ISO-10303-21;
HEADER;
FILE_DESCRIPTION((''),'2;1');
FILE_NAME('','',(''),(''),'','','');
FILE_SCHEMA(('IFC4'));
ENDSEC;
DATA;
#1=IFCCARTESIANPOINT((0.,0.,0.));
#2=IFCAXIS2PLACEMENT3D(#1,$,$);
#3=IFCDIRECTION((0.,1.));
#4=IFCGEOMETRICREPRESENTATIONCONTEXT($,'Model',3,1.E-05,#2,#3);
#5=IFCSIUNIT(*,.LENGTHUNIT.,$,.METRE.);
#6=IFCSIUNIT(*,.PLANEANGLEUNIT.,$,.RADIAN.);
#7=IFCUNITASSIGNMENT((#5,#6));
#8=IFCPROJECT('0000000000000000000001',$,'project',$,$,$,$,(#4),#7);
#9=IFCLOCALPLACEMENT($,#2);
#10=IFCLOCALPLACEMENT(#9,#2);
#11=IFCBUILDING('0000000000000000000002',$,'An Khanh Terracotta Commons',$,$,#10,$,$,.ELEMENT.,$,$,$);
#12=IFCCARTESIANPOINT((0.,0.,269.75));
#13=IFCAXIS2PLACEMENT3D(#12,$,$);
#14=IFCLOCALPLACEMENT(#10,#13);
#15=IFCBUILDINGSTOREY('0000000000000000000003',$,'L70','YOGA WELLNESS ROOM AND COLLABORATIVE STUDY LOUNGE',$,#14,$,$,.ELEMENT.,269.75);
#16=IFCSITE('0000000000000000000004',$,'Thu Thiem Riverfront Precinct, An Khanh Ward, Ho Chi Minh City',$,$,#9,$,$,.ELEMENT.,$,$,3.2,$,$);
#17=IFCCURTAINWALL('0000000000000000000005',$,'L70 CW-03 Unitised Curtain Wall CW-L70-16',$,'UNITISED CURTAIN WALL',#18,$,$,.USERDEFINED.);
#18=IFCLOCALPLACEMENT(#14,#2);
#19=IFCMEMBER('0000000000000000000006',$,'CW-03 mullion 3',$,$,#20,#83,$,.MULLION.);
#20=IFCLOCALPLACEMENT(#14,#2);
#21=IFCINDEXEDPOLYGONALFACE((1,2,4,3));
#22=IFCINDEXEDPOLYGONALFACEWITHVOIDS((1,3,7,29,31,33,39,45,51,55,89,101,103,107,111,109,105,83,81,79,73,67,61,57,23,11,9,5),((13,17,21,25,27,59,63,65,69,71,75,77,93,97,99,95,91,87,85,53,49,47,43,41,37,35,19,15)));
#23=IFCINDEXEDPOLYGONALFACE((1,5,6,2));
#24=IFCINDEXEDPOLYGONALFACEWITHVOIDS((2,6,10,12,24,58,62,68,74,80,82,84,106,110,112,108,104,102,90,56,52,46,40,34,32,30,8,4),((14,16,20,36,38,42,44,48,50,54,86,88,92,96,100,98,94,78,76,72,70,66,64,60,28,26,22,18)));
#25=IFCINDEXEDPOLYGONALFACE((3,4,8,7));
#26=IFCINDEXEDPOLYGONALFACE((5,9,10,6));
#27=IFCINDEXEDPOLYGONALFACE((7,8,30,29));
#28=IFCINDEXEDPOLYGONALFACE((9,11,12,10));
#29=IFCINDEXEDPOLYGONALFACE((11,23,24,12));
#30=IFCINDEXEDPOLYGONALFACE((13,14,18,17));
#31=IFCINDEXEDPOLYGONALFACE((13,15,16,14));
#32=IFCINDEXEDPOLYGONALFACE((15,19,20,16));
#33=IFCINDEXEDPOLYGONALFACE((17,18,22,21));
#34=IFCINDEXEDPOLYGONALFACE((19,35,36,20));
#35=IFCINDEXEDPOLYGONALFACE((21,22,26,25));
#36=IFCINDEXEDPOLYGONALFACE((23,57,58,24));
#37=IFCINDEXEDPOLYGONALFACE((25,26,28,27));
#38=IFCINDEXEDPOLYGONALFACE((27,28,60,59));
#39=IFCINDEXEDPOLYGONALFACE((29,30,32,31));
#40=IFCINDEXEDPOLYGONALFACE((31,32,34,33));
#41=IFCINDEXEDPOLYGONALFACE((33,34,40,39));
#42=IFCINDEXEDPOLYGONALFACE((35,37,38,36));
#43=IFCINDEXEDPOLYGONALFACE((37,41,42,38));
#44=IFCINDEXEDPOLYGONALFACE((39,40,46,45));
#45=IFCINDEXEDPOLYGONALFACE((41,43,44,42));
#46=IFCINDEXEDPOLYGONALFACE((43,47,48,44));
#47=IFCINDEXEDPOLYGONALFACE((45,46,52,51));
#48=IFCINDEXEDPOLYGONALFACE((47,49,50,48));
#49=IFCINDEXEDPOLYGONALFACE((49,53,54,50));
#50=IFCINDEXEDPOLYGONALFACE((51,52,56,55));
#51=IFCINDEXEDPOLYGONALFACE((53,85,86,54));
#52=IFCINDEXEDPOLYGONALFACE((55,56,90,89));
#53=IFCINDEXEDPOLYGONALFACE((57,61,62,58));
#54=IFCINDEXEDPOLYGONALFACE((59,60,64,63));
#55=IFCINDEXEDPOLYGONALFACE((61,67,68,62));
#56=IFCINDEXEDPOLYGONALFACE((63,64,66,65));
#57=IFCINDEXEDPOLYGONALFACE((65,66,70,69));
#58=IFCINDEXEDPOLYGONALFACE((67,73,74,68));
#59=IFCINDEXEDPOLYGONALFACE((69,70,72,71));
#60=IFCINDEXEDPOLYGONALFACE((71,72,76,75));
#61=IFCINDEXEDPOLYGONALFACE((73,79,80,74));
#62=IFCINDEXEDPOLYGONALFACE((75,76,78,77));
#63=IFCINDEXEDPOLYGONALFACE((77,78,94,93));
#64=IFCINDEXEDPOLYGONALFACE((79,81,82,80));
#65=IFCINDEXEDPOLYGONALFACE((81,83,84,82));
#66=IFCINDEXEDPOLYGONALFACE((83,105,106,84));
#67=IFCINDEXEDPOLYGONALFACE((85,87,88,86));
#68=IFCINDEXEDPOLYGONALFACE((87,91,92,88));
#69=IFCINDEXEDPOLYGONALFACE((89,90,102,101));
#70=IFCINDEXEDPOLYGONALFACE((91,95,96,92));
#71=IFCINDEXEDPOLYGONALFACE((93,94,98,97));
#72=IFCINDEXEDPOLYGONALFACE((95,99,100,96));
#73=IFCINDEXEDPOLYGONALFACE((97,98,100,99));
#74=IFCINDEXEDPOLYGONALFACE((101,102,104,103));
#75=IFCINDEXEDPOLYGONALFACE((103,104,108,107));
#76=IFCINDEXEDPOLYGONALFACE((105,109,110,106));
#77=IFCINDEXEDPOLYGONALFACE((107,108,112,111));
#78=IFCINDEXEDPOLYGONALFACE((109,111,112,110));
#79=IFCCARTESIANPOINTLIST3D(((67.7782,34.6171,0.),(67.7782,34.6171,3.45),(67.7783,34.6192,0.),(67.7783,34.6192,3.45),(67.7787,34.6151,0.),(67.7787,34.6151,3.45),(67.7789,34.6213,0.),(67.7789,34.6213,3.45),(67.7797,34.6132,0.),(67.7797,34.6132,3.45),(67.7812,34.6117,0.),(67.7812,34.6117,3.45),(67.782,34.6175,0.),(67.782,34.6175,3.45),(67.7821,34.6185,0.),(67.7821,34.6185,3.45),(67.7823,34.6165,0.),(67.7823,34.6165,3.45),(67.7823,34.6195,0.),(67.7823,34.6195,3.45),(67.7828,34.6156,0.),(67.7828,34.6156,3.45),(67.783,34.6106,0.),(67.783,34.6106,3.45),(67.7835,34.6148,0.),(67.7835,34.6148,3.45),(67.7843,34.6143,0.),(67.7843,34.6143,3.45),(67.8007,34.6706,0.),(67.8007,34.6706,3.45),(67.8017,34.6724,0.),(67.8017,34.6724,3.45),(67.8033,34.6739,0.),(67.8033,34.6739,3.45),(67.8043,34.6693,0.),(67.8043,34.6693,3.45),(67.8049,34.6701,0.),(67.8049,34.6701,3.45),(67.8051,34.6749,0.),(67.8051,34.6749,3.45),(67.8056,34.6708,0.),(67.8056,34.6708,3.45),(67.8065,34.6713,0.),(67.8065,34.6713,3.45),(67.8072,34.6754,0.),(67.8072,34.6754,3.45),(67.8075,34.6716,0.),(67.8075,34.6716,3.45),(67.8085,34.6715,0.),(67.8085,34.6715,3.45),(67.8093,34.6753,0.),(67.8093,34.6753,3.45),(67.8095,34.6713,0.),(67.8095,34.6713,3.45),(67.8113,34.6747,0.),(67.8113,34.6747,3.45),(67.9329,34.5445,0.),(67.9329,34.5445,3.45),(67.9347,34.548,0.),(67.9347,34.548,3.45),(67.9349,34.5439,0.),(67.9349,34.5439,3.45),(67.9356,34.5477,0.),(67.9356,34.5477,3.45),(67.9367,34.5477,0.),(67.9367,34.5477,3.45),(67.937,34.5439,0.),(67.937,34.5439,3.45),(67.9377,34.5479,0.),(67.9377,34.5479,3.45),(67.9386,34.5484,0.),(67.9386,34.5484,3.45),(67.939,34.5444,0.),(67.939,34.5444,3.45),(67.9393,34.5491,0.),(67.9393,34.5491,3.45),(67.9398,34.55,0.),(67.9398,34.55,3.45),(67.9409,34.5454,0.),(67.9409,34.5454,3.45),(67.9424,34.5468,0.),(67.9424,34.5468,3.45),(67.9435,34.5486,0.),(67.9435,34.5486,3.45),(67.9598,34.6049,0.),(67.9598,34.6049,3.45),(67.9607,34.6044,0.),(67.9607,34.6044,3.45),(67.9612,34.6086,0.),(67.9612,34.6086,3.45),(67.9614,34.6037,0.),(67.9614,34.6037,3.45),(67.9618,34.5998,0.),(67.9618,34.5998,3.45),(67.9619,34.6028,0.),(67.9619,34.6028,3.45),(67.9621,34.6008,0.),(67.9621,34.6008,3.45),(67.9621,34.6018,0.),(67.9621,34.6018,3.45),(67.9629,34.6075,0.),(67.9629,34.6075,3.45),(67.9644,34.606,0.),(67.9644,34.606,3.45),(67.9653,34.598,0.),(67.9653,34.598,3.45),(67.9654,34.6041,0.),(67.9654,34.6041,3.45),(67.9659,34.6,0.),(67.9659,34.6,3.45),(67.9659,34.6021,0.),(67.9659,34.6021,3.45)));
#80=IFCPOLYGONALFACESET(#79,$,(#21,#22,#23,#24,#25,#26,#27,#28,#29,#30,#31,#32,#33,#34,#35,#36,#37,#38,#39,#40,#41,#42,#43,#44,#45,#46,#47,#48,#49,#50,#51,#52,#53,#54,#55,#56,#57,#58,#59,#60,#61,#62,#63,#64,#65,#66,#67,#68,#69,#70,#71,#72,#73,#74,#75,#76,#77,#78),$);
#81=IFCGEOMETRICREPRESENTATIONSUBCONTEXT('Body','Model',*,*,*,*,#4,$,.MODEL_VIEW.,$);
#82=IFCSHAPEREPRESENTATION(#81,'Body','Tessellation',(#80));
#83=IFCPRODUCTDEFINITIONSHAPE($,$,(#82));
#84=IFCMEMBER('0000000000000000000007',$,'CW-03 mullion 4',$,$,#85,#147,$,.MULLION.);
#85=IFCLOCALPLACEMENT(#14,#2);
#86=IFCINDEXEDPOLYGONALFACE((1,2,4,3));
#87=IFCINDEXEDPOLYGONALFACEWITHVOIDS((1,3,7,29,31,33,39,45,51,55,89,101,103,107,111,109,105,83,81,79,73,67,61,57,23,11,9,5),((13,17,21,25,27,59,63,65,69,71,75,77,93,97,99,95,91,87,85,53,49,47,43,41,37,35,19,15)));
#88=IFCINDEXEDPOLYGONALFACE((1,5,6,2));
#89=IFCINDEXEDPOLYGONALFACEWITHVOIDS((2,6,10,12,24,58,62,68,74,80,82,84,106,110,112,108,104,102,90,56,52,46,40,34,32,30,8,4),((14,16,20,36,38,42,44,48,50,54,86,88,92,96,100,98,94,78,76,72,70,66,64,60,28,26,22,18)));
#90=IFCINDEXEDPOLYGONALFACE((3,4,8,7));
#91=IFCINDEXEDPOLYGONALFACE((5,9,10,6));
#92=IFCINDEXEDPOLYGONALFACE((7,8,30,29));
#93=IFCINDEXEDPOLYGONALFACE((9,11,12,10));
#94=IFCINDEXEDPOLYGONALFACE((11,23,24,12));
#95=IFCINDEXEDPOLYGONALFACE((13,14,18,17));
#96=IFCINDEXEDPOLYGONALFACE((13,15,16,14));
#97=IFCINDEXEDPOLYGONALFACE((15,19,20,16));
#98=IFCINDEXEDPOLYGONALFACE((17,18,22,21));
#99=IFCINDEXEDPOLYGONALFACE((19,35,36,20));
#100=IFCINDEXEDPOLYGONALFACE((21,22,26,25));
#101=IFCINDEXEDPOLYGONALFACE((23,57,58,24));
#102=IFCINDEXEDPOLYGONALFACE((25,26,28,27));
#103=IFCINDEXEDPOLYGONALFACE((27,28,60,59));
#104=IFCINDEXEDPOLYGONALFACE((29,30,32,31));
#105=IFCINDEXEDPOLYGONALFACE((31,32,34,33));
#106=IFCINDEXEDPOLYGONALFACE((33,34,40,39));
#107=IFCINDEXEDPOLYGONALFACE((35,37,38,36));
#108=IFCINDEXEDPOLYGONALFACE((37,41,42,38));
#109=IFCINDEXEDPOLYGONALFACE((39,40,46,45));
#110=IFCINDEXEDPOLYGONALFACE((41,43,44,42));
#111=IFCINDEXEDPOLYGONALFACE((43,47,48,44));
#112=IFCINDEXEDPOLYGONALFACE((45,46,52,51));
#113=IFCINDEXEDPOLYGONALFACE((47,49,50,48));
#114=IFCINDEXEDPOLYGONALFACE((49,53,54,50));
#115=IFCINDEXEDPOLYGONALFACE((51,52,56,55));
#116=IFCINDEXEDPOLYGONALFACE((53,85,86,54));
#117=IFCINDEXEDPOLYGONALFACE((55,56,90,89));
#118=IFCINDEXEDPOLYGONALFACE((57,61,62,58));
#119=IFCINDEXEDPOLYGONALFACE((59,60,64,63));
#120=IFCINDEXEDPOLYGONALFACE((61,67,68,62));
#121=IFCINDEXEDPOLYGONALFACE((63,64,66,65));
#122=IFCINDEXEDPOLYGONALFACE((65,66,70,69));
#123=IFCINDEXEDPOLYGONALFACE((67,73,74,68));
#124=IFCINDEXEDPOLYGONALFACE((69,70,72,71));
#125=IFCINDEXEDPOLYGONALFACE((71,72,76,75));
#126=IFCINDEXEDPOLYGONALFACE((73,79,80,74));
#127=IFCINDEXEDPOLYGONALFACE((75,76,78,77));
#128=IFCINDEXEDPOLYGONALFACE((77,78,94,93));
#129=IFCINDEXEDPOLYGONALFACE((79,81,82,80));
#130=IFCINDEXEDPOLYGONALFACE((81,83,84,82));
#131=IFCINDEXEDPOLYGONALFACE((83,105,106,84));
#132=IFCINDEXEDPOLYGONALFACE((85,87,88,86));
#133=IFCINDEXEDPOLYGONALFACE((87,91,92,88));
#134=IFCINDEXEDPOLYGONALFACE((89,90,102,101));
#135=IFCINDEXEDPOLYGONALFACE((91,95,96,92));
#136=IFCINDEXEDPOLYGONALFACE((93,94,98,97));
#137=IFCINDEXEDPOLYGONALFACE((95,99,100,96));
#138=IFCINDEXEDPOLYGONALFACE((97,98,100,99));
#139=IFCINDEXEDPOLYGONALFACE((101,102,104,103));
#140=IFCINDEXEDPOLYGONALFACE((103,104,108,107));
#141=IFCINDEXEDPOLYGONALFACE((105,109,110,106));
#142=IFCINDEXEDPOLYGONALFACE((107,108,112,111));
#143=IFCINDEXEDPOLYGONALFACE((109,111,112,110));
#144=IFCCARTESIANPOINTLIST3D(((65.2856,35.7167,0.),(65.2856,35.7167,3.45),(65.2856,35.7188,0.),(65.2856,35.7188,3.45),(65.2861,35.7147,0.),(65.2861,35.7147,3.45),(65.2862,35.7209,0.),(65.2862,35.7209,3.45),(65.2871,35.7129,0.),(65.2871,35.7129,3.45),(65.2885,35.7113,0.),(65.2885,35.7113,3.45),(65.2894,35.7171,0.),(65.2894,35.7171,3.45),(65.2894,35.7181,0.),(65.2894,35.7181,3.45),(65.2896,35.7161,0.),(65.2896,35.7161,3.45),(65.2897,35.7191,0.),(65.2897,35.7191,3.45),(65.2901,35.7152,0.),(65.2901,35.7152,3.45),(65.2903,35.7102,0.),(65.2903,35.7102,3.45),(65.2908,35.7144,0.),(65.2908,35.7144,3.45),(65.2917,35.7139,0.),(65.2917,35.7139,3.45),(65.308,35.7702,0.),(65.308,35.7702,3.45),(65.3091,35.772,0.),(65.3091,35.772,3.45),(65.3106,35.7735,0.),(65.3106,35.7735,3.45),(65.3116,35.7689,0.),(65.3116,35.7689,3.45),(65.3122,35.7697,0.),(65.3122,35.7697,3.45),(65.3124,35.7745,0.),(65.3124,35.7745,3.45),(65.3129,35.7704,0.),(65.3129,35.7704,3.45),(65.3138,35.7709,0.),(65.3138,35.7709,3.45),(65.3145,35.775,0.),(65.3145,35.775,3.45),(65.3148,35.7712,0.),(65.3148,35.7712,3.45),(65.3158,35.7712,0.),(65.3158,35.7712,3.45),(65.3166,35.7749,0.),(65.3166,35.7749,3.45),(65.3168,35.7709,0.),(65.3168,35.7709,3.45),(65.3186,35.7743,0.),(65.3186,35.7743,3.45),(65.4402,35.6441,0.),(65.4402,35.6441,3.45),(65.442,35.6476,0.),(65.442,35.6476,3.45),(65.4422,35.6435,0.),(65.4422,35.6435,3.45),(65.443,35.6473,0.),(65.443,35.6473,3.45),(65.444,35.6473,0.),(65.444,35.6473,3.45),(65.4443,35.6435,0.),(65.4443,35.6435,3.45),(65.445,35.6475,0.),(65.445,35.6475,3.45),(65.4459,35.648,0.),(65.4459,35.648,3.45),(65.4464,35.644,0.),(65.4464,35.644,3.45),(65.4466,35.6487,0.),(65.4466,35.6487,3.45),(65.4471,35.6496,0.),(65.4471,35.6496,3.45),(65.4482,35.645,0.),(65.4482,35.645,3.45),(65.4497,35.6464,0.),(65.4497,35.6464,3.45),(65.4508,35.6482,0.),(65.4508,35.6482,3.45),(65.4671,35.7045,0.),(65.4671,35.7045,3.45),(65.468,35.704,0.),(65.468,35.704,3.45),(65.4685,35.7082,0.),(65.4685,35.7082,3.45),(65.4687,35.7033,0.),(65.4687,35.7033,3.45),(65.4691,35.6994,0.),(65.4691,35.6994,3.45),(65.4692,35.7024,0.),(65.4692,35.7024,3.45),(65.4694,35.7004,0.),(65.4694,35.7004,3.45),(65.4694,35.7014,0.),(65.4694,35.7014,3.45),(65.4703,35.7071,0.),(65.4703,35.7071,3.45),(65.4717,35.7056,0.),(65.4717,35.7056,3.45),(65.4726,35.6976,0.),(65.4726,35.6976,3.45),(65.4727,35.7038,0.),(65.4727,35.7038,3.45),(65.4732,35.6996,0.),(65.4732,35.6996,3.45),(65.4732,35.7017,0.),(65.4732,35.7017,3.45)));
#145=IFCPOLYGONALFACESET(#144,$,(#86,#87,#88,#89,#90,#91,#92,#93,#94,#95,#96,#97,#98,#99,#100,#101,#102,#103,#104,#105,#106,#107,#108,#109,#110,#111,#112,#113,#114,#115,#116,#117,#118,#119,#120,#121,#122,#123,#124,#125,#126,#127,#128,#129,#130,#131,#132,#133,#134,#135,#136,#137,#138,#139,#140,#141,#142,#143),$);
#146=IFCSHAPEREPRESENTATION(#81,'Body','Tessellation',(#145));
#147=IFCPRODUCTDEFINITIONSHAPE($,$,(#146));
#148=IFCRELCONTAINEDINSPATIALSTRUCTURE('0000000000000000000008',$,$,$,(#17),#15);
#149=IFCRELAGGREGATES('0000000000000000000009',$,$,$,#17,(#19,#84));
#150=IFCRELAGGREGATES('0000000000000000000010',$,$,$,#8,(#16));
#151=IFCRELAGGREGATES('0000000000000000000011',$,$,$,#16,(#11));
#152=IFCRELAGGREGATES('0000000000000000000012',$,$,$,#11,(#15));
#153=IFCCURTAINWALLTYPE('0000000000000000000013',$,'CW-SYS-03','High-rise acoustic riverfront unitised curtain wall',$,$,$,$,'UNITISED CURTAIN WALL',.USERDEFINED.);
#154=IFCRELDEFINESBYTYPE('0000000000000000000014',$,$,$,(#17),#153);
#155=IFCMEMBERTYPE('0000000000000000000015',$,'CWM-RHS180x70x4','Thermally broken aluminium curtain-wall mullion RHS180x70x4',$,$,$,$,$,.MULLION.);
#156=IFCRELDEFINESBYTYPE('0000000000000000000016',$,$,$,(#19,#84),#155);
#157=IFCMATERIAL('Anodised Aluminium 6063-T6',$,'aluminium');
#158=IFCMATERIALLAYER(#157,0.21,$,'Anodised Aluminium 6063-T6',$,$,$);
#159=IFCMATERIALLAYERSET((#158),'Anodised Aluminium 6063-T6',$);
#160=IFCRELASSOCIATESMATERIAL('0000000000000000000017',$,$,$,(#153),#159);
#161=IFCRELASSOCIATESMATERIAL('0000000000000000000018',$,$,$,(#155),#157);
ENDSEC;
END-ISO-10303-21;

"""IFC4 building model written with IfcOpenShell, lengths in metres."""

from ifc_helpers import new_model, si_unit, direction, frame, origin, origin_2d, place, context, subcontext, project, spatial, hollow_rectangle, extrude, material, layer, layer_set, material_profile, profile_set, type_object, element, aggregate, save


model = new_model("IFC4")

# Units and contexts
model_context = context("Model", 3, precision=1e-05, world=origin(), true_north=direction((0.0, 1.0)))
body_context = subcontext(model_context, "Body", "Model", "MODEL_VIEW")
ifc_project = project(units=[si_unit("LENGTHUNIT", "METRE"), si_unit("PLANEANGLEUNIT", "RADIAN")], contexts=[model_context])

# Site, building, storey
site_placement = place(None, origin())
site = spatial("IfcSite", under=ifc_project, at=site_placement, Name="Thu Thiem Riverfront Precinct, An Khanh Ward, Ho Chi Minh City", CompositionType="ELEMENT", RefElevation=3.2)
building_placement = place(site_placement, origin())
building = spatial("IfcBuilding", under=site, at=building_placement, Name="An Khanh Terracotta Commons", CompositionType="ELEMENT")
storey_placement = place(building_placement, frame((0.0, 0.0, 269.75)))
storey = spatial("IfcBuildingStorey", under=building, at=storey_placement, Name="L70", Description="YOGA WELLNESS ROOM AND COLLABORATIVE STUDY LOUNGE", CompositionType="ELEMENT", Elevation=269.75)

# Curtain wall, members
ifc_material_1 = material(Name="Anodised Aluminium 6063-T6", Category="aluminium")
ifc_layer_1 = layer(ifc_material_1, 0.21, Name="Anodised Aluminium 6063-T6")
ifc_layer_set_1 = layer_set([ifc_layer_1], Name="Anodised Aluminium 6063-T6")
curtain_wall_type = type_object("IfcCurtainWallType", Name="CW-SYS-03", Description="High-rise acoustic riverfront unitised curtain wall", ElementType="UNITISED CURTAIN WALL", PredefinedType="USERDEFINED", material=ifc_layer_set_1)
ifc_material_profile_1 = material_profile(ifc_material_1, hollow_rectangle(XDim=0.0701, YDim=0.1799, WallThickness=0.0039, InnerFilletRadius=0.0039, OuterFilletRadius=0.0081, at=origin_2d()), Name="RHS180x70x4")
ifc_profile_set_1 = profile_set([ifc_material_profile_1], Name="Anodised Aluminium 6063-T6")
member_type_1 = type_object("IfcMemberType", Name="CWM-RHS180x70x4", Description="Thermally broken aluminium curtain-wall mullion RHS180x70x4", PredefinedType="MULLION", material=ifc_profile_set_1)
curtain_wall_1_placement = place(storey_placement, origin())
curtain_wall_1 = element("IfcCurtainWall", 1, at=curtain_wall_1_placement, inside=storey, type_object=curtain_wall_type, Name="L70 CW-03 Unitised Curtain Wall CW-L70-16", ObjectType="UNITISED CURTAIN WALL", PredefinedType="USERDEFINED")
member_1_placement = place(storey_placement, frame((67.8721, 34.6096, 0.0), z_axis=(0.0, 0.0, 1.0), x_axis=(-0.403676, -0.914902, 0.0)))
member_1 = element("IfcMember", 2, at=member_1_placement, type_object=member_type_1, Name="CW-03 mullion 3", PredefinedType="MULLION", context=body_context, shape_type="SweptSolid", body=[
    extrude(hollow_rectangle(XDim=0.0701, YDim=0.1799, WallThickness=0.0039, InnerFilletRadius=0.0039, OuterFilletRadius=0.0081, at=origin_2d()), origin(), (0.0, 0.0, 1.0), 3.45),
])
member_2_placement = place(storey_placement, frame((65.3794, 35.7092, 0.0), z_axis=(0.0, 0.0, 1.0), x_axis=(-0.403676, -0.914902, 0.0)))
member_2 = element("IfcMember", 3, at=member_2_placement, type_object=member_type_1, Name="CW-03 mullion 4", PredefinedType="MULLION", context=body_context, shape_type="SweptSolid", body=[
    extrude(hollow_rectangle(XDim=0.0701, YDim=0.1799, WallThickness=0.0039, InnerFilletRadius=0.0039, OuterFilletRadius=0.0081, at=origin_2d()), origin(), (0.0, 0.0, 1.0), 3.45),
])

aggregate(curtain_wall_1, [member_1, member_2])

save(model, "model.ifc")
